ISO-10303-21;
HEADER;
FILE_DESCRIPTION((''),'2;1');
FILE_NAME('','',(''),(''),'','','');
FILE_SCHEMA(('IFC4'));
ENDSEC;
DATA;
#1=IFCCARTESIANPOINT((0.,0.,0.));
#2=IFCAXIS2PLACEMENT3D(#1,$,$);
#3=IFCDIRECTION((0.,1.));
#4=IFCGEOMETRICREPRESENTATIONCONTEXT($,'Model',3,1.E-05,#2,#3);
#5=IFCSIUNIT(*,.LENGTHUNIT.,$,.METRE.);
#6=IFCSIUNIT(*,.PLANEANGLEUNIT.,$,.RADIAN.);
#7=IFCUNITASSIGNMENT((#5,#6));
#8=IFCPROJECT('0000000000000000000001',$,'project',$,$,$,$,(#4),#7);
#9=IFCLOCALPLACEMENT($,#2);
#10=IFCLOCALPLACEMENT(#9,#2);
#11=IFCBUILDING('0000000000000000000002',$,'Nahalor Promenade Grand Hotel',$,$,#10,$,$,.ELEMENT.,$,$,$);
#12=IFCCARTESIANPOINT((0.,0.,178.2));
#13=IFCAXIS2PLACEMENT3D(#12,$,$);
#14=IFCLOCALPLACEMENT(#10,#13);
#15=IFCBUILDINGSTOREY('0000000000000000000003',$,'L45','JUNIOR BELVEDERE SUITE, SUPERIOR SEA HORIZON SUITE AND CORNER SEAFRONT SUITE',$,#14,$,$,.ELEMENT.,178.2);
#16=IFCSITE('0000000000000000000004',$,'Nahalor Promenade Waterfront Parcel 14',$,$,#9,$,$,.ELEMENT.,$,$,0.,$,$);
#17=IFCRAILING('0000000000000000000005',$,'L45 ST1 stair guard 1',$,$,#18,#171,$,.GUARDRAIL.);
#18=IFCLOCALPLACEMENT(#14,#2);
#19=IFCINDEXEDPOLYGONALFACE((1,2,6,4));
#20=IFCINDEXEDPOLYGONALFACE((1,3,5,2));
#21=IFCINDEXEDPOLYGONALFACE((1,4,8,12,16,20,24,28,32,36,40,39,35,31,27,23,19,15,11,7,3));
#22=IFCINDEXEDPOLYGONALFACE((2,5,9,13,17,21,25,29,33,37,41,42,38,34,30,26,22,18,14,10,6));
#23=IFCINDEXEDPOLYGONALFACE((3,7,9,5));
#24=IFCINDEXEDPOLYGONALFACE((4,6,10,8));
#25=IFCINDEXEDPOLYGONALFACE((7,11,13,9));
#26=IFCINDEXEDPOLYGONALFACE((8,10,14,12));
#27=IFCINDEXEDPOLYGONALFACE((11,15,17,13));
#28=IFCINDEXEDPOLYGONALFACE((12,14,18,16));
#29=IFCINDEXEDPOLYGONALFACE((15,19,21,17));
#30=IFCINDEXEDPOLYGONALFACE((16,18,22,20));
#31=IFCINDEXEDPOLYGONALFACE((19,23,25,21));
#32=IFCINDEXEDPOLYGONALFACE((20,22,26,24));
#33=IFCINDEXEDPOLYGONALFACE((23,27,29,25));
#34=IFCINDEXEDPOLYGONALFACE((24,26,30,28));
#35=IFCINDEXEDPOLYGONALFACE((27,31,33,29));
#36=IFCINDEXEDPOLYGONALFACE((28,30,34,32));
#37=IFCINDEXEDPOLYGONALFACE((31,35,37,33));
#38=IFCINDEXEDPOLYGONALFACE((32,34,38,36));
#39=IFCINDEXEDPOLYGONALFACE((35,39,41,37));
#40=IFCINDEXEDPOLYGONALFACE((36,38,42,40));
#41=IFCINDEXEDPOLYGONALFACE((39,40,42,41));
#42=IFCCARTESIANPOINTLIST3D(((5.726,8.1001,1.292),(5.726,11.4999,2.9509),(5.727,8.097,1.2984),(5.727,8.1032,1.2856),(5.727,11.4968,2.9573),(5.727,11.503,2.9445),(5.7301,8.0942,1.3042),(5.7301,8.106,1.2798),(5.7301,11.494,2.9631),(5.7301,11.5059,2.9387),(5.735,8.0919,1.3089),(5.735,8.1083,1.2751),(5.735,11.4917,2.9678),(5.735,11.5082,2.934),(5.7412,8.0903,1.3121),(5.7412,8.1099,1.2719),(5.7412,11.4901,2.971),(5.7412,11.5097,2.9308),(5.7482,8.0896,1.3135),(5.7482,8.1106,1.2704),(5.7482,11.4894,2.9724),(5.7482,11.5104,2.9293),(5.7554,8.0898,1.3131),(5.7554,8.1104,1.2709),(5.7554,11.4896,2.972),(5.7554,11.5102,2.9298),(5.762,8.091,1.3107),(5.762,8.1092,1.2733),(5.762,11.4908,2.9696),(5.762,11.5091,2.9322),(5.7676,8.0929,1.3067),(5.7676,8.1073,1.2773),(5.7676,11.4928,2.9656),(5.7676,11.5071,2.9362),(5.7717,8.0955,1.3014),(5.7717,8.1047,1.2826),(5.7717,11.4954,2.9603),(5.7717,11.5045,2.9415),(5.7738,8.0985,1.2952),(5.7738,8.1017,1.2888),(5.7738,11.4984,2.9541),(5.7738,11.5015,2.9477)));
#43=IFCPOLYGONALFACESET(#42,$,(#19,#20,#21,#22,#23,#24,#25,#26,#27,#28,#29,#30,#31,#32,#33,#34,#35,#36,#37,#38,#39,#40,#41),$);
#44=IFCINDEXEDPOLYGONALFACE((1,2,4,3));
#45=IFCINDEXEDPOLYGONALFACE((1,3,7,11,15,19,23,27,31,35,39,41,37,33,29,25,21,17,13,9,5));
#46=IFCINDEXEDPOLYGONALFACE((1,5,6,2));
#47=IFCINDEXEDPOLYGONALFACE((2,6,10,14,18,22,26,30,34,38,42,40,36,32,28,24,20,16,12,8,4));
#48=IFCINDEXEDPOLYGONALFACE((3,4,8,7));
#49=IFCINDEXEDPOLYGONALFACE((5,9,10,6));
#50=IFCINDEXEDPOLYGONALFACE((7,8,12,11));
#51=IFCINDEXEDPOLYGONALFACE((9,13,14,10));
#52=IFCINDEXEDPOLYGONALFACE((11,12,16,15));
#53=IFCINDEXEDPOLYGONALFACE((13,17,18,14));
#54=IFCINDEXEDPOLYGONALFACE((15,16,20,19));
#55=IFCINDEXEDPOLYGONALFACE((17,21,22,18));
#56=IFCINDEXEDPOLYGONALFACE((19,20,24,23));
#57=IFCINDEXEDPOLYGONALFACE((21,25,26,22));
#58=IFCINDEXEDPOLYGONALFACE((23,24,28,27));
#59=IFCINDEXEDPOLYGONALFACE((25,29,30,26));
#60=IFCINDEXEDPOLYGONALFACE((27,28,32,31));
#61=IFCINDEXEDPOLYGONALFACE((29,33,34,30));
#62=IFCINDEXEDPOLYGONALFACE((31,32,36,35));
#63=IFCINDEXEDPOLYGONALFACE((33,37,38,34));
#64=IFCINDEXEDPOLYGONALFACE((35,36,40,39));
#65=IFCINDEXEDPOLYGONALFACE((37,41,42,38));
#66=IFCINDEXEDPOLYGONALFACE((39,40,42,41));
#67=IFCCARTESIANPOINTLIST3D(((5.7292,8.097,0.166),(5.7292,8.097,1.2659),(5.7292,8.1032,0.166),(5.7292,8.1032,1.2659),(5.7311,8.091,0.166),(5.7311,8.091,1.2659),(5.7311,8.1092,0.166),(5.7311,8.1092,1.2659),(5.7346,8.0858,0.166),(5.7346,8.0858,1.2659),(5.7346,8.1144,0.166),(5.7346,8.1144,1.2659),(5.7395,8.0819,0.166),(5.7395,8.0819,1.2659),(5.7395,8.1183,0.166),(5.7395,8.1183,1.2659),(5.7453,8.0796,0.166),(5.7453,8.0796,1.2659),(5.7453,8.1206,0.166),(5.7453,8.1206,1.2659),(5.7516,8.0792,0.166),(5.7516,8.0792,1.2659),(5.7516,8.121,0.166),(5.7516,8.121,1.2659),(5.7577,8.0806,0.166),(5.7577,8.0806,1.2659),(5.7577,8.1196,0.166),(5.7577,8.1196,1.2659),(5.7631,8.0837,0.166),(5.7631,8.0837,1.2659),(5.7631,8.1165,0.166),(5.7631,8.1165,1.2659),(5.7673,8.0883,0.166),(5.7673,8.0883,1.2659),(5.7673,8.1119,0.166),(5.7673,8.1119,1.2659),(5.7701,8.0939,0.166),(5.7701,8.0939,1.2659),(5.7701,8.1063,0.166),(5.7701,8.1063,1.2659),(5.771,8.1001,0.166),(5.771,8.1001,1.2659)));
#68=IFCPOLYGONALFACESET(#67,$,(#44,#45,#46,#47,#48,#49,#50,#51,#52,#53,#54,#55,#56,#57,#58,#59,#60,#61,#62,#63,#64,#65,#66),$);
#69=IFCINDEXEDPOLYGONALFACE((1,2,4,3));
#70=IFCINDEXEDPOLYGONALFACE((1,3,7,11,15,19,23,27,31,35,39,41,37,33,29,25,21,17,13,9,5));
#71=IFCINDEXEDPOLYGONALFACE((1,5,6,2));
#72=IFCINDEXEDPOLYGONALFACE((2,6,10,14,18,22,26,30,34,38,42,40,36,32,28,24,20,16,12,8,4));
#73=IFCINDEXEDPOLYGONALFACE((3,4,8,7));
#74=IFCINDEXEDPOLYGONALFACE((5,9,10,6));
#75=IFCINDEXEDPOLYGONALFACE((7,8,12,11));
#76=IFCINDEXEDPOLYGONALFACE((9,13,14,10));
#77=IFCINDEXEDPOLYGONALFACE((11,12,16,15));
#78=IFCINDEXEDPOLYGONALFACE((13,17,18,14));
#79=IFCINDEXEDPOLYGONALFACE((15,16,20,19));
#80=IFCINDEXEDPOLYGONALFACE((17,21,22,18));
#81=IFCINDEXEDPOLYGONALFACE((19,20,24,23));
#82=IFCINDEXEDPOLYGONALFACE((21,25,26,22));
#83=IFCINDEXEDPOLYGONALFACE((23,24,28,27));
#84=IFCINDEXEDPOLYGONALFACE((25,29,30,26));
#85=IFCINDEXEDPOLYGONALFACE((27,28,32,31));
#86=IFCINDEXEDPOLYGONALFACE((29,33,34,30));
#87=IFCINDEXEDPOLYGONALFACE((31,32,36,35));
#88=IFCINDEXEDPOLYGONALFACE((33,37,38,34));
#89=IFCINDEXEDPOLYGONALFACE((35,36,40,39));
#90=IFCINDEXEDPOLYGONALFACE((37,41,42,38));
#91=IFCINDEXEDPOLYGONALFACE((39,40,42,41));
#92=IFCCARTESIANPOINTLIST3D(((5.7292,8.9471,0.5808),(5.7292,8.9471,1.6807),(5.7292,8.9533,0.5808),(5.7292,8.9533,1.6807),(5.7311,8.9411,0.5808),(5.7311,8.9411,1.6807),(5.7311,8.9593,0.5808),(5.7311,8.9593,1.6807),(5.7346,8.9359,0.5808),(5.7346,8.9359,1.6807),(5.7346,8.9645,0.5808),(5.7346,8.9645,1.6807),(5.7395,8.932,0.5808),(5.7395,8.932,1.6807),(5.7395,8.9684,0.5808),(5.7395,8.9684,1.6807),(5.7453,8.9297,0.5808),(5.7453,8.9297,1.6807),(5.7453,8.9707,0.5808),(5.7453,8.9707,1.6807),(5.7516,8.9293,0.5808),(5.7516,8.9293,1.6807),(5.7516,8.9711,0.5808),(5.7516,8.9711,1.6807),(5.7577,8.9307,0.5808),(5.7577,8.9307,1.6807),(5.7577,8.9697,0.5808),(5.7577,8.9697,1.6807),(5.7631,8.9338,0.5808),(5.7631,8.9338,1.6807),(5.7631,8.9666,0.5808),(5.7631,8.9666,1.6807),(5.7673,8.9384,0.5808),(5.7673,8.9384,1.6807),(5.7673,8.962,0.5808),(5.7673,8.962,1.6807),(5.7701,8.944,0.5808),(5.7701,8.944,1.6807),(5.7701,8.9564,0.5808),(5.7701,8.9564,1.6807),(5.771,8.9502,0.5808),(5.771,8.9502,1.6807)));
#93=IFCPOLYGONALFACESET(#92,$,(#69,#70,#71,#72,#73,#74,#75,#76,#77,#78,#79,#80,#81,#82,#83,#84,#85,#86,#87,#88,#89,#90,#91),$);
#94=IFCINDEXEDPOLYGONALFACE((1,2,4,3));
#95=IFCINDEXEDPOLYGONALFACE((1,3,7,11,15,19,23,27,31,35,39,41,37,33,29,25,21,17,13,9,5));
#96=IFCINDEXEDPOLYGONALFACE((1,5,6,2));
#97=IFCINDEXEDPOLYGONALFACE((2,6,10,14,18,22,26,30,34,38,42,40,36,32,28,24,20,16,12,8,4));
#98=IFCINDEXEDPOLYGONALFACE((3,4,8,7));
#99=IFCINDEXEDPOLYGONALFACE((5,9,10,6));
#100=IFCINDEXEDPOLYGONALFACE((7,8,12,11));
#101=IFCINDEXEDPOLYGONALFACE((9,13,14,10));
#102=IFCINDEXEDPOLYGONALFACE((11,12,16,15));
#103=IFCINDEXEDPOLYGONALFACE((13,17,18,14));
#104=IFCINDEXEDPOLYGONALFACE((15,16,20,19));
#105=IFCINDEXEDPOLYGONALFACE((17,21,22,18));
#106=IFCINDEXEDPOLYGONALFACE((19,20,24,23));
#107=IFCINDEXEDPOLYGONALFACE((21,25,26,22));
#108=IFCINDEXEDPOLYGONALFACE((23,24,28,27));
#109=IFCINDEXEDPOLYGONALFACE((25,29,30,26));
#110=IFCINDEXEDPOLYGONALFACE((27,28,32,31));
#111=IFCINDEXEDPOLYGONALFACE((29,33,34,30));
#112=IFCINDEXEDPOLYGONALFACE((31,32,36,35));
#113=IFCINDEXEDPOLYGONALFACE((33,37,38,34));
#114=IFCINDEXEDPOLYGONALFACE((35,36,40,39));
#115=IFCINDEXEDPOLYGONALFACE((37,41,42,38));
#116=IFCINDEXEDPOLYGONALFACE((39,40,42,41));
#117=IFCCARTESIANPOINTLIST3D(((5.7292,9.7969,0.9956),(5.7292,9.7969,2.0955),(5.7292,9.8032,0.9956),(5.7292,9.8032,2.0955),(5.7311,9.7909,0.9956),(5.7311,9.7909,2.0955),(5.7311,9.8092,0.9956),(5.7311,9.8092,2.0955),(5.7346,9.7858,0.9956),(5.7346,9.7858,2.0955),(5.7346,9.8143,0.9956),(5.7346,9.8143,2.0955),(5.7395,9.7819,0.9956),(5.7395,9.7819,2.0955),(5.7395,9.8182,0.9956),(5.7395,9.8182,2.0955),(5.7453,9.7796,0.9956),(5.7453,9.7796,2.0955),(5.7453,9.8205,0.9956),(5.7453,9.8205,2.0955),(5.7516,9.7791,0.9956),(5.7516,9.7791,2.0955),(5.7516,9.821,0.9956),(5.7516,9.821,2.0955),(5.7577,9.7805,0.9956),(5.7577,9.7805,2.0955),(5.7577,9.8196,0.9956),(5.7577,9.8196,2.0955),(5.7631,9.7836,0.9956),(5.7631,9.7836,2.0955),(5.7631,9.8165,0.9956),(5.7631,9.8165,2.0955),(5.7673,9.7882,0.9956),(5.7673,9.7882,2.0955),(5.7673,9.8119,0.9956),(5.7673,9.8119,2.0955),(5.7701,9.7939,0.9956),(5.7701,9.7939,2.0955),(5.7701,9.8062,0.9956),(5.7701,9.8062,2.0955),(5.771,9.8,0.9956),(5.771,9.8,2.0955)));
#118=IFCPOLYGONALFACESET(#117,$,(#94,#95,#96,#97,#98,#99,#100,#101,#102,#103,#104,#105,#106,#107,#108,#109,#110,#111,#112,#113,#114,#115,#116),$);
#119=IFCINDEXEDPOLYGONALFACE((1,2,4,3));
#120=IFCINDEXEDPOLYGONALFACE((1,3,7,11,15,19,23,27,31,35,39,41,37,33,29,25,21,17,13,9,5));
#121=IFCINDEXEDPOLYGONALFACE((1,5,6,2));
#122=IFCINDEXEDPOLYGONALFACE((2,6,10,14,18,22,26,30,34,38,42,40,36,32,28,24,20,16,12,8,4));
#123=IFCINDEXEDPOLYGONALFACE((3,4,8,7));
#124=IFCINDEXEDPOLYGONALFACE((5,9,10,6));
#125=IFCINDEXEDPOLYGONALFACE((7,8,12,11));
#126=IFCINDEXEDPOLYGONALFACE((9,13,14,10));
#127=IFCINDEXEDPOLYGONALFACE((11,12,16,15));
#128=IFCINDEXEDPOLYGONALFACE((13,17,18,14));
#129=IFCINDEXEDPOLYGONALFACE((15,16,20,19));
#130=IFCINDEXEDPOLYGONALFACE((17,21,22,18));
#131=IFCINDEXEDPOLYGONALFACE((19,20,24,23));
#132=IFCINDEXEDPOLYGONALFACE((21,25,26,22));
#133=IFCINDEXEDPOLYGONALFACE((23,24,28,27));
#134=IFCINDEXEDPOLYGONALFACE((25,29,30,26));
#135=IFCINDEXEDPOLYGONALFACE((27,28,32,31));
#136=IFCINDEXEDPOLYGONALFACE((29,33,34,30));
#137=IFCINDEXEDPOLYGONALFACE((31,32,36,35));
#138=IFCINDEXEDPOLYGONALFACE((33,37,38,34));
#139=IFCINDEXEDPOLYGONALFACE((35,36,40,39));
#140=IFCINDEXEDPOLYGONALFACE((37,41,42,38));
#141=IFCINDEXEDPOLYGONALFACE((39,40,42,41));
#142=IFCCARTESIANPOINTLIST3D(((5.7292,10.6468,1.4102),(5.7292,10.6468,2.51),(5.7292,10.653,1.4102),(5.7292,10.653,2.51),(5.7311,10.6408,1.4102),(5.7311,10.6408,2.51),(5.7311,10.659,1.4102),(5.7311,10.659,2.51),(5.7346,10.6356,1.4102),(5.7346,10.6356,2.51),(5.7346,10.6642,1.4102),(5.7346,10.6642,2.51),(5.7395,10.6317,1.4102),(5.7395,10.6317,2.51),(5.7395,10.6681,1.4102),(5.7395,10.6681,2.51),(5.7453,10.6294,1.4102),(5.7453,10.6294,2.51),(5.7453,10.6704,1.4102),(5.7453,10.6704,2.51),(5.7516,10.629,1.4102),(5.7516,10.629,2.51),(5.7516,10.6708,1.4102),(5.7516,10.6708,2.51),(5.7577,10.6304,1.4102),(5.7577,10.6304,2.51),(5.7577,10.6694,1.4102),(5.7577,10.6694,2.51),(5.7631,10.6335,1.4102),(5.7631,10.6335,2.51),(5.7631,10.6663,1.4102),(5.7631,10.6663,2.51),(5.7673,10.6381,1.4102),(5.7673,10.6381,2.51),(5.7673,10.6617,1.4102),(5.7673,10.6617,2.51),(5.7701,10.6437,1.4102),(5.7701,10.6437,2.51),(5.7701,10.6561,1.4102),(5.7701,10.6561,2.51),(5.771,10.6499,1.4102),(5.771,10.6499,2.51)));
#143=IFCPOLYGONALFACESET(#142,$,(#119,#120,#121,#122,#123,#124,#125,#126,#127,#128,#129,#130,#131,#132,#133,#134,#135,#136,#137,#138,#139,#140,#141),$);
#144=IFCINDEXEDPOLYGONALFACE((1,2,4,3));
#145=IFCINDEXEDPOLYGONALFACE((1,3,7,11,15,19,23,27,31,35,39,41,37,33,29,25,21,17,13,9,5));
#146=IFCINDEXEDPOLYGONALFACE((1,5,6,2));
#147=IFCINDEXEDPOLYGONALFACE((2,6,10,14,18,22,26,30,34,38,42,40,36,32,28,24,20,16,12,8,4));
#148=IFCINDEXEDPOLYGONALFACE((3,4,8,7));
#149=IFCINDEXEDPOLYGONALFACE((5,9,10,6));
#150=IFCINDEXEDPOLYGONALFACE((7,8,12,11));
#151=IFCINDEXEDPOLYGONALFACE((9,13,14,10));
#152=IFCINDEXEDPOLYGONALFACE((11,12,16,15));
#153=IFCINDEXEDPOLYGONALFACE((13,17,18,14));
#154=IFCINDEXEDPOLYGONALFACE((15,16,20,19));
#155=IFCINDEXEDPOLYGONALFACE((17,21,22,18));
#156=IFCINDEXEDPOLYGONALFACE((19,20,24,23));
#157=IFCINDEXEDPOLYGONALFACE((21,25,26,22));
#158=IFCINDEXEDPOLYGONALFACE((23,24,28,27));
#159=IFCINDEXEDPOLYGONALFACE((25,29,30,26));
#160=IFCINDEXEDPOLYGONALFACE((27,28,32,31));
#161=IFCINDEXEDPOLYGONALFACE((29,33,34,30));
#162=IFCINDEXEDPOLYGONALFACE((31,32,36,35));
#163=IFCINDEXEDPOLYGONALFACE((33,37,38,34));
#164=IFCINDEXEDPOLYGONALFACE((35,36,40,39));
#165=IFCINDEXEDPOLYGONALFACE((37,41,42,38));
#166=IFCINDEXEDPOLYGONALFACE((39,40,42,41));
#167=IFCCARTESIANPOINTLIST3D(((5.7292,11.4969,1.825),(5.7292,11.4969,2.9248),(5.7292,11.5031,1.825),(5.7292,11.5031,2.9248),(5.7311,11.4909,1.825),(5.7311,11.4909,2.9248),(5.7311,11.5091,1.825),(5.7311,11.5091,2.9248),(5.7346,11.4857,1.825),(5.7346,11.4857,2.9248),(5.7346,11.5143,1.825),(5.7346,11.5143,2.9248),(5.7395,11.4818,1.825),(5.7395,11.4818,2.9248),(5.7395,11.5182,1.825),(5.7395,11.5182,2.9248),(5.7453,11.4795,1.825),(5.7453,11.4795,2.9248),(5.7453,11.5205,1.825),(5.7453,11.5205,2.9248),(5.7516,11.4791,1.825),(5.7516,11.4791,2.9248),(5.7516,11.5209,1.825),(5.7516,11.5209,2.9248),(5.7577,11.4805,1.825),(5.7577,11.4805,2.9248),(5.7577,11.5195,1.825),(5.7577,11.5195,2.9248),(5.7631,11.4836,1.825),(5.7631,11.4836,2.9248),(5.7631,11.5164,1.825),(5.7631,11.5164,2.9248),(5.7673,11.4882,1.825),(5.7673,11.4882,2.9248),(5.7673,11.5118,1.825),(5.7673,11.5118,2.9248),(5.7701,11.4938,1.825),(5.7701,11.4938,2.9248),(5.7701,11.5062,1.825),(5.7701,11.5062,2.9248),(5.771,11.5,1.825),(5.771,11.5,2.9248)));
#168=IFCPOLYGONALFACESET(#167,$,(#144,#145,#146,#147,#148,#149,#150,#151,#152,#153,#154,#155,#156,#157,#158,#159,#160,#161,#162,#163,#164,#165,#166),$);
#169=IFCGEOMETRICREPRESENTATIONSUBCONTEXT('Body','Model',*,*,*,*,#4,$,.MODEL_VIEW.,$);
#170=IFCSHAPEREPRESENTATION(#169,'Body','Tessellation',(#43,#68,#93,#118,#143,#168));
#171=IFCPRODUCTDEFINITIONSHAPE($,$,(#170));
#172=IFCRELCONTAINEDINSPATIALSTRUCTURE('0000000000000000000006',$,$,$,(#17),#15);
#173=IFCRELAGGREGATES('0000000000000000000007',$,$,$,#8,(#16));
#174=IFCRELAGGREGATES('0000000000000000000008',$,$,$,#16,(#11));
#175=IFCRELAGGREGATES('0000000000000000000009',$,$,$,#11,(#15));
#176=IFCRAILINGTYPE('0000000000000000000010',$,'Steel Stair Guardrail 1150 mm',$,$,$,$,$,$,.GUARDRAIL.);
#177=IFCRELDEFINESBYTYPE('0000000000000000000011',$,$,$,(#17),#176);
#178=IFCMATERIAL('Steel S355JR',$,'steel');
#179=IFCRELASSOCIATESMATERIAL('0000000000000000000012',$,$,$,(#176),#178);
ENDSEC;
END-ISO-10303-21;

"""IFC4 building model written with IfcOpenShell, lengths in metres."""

from ifc_helpers import new_model, si_unit, direction, frame, origin, origin_2d, place, context, subcontext, project, spatial, circle, extrude, material, type_object, element, save


model = new_model("IFC4")

# Units and contexts
model_context = context("Model", 3, precision=1e-05, world=origin(), true_north=direction((0.0, 1.0)))
body_context = subcontext(model_context, "Body", "Model", "MODEL_VIEW")
ifc_project = project(units=[si_unit("LENGTHUNIT", "METRE"), si_unit("PLANEANGLEUNIT", "RADIAN")], contexts=[model_context])

# Site, building, storey
site_placement = place(None, origin())
site = spatial("IfcSite", under=ifc_project, at=site_placement, Name="Nahalor Promenade Waterfront Parcel 14", CompositionType="ELEMENT", RefElevation=0.0)
building_placement = place(site_placement, origin())
building = spatial("IfcBuilding", under=site, at=building_placement, Name="Nahalor Promenade Grand Hotel", CompositionType="ELEMENT")
storey_placement = place(building_placement, frame((0.0, 0.0, 178.2)))
storey = spatial("IfcBuildingStorey", under=building, at=storey_placement, Name="L45", Description="JUNIOR BELVEDERE SUITE, SUPERIOR SEA HORIZON SUITE AND CORNER SEAFRONT SUITE", CompositionType="ELEMENT", Elevation=178.2)

# Shared definitions
ifc_material_1 = material(Name="Steel S355JR", Category="steel")

# Railing
railing_type_1 = type_object("IfcRailingType", Name="Steel Stair Guardrail 1150 mm", PredefinedType="GUARDRAIL", material=ifc_material_1)
railing_1_placement = place(storey_placement, frame((5.75, 8.1001, 0.166)))
element("IfcRailing", 1, at=railing_1_placement, inside=storey, type_object=railing_type_1, Name="L45 ST1 stair guard 1", PredefinedType="GUARDRAIL", context=body_context, shape_type="SweptSolid", body=[
    extrude(circle(Radius=0.024, at=origin_2d()), frame((0.0, 0.0, 1.126), z_axis=(0.0, 0.898722, 0.438519), x_axis=(-1.0, 0.0, 0.0)), (0.0, 0.0, 1.0), 3.783),
    extrude(circle(Radius=0.021, at=origin_2d()), origin(), (0.0, 0.0, 1.0), 1.0999),
    extrude(circle(Radius=0.021, at=origin_2d()), frame((0.0, 0.8501, 0.4148)), (0.0, 0.0, 1.0), 1.0999),
    extrude(circle(Radius=0.021, at=origin_2d()), frame((0.0, 1.7, 0.8296)), (0.0, 0.0, 1.0), 1.0999),
    extrude(circle(Radius=0.021, at=origin_2d()), frame((0.0, 2.5498, 1.2441)), (0.0, 0.0, 1.0), 1.0999),
    extrude(circle(Radius=0.021, at=origin_2d()), frame((0.0, 3.3999, 1.6589)), (0.0, 0.0, 1.0), 1.0999),
])

save(model, "model.ifc")
